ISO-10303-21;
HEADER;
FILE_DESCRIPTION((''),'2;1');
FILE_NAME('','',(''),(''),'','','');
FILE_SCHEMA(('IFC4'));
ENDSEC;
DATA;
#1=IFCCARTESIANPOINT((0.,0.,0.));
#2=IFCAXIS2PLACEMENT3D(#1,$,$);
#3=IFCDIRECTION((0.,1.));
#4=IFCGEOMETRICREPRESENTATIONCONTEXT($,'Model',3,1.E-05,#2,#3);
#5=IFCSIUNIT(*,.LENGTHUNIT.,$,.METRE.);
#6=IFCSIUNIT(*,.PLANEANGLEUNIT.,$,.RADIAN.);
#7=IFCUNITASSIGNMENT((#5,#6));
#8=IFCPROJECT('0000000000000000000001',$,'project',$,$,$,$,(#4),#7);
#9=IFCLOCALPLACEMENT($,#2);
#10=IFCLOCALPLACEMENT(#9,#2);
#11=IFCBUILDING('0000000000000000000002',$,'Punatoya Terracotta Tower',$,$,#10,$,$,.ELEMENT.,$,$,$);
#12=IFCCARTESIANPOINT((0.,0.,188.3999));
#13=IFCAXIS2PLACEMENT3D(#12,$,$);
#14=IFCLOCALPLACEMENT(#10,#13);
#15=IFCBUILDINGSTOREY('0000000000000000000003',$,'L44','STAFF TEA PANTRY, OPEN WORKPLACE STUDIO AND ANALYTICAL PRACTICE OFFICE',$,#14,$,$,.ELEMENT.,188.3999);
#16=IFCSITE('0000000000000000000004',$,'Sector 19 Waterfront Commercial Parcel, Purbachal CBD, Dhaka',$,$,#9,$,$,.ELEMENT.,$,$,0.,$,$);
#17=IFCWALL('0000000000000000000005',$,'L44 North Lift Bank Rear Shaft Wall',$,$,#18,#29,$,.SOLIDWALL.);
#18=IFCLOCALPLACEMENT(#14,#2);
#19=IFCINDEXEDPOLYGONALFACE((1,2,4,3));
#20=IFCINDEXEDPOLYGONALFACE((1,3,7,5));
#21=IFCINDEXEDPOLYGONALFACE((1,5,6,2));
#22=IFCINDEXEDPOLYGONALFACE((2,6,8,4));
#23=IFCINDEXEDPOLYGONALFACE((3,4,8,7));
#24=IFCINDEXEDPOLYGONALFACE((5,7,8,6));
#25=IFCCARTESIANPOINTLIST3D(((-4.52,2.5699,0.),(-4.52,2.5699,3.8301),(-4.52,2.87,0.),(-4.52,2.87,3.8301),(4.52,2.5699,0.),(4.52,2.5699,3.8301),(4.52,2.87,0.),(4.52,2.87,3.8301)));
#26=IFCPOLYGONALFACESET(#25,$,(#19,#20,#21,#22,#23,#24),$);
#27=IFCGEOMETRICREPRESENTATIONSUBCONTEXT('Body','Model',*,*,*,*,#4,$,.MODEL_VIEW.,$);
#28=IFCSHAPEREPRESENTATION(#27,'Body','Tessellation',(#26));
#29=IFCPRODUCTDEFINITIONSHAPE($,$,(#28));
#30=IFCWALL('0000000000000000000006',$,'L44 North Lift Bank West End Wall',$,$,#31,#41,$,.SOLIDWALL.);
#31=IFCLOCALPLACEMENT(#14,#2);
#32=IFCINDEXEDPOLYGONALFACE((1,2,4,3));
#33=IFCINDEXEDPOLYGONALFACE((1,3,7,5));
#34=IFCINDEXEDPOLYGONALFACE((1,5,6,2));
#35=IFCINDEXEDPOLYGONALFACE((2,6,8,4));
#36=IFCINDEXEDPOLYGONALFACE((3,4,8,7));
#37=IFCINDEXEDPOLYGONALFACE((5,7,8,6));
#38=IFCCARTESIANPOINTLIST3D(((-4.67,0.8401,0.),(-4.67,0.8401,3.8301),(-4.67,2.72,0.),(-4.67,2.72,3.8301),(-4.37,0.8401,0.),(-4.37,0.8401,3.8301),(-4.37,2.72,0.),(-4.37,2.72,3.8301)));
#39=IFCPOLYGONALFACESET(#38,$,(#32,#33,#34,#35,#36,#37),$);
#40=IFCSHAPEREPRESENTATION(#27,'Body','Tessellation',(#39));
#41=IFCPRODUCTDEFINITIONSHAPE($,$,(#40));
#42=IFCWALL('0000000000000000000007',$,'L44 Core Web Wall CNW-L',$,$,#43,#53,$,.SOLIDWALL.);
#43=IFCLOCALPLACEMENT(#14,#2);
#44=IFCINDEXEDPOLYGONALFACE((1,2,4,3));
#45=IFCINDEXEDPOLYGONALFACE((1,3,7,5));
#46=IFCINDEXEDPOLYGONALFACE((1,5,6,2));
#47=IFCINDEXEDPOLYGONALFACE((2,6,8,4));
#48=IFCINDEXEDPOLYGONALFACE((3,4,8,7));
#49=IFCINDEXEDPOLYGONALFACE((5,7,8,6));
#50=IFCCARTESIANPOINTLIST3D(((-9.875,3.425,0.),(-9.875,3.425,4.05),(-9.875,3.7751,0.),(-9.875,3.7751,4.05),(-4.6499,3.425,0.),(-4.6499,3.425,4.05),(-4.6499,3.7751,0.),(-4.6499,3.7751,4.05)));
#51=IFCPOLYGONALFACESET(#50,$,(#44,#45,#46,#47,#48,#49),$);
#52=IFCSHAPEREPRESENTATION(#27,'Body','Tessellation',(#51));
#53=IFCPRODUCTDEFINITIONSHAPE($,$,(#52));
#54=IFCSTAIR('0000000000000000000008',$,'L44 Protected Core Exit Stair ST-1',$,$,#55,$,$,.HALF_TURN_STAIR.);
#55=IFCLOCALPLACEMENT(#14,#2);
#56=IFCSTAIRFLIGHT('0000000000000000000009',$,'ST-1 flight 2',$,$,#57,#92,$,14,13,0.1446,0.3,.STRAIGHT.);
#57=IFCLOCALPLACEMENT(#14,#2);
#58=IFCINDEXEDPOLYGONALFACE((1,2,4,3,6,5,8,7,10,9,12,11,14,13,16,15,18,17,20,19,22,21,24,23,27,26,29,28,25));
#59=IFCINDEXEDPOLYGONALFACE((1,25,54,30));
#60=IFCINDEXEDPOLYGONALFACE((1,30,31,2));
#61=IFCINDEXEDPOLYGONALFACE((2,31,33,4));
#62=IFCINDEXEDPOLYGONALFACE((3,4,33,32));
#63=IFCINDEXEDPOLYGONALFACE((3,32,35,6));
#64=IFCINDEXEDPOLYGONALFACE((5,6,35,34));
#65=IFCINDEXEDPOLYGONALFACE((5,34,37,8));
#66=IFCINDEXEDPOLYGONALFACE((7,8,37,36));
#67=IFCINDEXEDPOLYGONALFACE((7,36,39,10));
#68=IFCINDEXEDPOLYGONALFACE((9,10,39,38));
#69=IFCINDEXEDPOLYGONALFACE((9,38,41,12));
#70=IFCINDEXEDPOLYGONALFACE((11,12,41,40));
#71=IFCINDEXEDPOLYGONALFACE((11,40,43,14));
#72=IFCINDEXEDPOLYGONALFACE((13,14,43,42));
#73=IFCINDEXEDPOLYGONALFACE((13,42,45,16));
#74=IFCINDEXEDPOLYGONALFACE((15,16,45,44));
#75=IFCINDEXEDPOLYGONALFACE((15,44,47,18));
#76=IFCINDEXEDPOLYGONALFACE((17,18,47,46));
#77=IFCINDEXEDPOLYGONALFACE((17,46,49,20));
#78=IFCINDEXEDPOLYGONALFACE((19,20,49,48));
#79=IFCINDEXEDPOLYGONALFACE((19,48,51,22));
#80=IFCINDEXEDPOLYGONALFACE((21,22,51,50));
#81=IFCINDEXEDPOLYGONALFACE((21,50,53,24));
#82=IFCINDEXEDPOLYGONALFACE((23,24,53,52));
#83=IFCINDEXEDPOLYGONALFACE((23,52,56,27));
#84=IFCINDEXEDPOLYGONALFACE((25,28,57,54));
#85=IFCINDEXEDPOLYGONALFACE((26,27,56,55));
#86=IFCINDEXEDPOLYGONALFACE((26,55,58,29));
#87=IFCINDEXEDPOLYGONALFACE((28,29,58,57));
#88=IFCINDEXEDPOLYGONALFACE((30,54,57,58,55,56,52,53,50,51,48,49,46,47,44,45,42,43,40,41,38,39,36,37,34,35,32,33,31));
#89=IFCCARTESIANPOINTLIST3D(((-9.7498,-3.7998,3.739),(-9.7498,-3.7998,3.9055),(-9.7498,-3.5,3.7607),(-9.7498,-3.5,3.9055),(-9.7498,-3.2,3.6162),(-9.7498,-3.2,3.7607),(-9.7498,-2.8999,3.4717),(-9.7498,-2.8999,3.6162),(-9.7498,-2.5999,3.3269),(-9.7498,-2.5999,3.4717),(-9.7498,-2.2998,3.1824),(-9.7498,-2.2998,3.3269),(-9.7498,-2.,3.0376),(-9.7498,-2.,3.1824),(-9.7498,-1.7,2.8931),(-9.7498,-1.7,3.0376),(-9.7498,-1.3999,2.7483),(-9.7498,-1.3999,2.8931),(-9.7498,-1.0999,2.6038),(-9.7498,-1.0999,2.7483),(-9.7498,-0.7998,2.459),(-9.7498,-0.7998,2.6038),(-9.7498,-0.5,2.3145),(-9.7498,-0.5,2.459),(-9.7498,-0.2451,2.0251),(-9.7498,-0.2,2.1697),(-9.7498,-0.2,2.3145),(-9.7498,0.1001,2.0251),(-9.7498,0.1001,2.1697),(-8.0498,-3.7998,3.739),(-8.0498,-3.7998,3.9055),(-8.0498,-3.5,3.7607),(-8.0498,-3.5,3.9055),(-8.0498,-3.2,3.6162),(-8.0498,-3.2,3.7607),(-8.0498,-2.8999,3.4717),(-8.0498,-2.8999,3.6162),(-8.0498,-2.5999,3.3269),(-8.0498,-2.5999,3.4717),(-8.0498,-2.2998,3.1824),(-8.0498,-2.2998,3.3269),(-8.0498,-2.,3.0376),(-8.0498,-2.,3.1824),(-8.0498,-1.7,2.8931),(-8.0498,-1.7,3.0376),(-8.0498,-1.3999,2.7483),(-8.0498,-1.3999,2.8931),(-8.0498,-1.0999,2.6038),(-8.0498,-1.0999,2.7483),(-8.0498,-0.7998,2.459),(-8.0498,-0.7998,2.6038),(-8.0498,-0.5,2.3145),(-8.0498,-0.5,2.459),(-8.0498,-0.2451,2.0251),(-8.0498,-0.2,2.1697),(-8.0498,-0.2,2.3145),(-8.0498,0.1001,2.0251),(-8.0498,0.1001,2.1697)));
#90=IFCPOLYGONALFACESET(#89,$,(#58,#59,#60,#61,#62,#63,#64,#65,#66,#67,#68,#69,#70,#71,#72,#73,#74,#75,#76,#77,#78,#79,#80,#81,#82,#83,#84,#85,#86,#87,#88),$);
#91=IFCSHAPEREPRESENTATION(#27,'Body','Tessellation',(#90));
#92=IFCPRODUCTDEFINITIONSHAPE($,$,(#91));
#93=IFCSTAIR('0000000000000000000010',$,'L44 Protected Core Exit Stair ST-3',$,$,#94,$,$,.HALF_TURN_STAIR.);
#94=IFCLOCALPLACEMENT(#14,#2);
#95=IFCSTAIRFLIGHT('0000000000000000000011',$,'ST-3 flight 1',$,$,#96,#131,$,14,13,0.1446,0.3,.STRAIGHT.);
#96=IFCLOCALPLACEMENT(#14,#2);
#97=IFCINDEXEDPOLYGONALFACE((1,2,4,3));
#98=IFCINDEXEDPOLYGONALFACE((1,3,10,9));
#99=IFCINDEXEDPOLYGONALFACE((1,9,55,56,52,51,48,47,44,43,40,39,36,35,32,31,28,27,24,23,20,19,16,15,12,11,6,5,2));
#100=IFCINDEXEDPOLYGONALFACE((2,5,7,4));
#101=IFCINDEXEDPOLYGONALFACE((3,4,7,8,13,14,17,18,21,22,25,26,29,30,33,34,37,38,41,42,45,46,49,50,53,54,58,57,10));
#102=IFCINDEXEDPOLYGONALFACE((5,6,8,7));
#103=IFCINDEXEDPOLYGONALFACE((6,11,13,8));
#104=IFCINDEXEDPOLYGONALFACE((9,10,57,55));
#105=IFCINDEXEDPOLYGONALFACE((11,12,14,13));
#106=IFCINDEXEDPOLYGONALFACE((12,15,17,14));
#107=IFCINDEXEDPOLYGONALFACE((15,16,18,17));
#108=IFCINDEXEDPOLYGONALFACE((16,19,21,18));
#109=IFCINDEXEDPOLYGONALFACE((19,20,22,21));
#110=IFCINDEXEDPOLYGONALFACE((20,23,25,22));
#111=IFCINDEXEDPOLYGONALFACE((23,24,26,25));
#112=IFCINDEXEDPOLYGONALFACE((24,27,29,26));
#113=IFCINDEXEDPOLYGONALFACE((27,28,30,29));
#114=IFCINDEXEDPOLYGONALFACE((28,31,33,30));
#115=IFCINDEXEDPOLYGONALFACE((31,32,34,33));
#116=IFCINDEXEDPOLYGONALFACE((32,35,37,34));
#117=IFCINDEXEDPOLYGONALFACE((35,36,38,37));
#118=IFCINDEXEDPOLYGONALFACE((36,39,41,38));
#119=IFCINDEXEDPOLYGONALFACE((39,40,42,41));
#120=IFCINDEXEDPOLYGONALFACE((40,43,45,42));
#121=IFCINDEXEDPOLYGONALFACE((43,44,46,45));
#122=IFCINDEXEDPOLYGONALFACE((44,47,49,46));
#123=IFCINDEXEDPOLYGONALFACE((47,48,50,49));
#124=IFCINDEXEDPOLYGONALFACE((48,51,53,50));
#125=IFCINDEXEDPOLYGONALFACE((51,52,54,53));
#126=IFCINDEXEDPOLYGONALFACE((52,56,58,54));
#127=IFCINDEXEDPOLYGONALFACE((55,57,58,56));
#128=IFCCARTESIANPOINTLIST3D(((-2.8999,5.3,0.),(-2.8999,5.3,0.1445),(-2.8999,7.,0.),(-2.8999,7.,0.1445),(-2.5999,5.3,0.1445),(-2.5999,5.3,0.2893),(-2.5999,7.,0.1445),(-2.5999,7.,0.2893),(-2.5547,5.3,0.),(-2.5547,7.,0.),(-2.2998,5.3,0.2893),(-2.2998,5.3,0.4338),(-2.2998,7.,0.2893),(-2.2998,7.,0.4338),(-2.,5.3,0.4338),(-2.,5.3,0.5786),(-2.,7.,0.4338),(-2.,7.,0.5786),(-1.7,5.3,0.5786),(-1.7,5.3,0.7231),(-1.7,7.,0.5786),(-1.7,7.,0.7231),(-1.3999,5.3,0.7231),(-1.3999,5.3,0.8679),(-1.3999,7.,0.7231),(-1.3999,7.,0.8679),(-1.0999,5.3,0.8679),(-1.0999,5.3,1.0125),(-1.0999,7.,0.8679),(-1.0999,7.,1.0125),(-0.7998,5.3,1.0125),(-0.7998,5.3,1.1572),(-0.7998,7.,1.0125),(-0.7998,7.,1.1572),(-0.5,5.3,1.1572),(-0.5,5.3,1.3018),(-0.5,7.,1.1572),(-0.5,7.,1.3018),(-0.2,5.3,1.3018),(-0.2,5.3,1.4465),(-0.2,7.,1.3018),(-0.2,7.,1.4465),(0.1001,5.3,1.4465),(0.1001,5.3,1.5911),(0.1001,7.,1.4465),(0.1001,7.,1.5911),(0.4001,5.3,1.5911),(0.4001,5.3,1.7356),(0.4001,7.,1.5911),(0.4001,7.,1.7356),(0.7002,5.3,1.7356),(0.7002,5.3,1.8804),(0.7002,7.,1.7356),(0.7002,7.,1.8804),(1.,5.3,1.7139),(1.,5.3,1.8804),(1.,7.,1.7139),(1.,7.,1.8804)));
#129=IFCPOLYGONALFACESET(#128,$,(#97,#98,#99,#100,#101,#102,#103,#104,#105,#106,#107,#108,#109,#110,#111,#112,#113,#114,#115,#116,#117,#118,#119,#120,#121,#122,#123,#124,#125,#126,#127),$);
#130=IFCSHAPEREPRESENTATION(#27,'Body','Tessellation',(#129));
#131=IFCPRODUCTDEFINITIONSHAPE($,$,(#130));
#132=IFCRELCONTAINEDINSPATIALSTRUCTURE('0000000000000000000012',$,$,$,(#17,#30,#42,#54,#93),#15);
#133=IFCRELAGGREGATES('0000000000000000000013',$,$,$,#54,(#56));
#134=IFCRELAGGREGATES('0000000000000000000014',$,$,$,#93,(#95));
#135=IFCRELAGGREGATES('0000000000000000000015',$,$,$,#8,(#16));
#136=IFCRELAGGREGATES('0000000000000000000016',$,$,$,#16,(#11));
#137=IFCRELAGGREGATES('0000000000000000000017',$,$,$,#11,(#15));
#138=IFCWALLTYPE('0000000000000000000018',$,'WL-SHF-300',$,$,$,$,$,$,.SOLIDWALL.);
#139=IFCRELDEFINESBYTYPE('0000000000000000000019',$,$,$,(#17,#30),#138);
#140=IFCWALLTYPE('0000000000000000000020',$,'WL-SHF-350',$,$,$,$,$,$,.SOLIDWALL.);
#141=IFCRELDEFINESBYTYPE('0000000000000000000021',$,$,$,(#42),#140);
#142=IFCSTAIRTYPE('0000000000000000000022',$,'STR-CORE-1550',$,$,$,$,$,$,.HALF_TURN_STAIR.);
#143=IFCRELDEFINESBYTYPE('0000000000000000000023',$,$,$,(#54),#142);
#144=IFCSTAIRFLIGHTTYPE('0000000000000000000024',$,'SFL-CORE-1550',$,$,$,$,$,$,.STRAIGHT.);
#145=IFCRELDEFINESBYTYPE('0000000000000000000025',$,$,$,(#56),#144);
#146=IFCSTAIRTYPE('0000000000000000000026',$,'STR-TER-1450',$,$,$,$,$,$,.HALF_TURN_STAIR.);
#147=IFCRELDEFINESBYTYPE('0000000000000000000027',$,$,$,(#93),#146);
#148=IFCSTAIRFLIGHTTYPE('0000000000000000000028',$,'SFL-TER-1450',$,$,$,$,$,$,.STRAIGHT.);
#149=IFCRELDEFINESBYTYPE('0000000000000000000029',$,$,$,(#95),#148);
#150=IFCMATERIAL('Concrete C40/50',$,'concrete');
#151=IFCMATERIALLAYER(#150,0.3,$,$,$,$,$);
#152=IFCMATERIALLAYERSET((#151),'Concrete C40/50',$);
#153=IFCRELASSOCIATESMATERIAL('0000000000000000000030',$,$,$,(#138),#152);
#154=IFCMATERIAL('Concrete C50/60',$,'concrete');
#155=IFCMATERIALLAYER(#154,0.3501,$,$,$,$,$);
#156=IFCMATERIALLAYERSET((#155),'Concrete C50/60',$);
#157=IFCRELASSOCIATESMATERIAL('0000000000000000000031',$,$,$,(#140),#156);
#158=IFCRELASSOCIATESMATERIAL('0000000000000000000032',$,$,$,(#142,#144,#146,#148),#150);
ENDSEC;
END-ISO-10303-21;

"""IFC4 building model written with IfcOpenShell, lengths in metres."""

from ifc_helpers import new_model, si_unit, direction, frame, frame_2d, origin, place, context, subcontext, project, spatial, polyline, rectangle, outline, extrude, material, layer, layer_set, type_object, element, aggregate, save


model = new_model("IFC4")

# Units and contexts
model_context = context("Model", 3, precision=1e-05, world=origin(), true_north=direction((0.0, 1.0)))
body_context = subcontext(model_context, "Body", "Model", "MODEL_VIEW")
ifc_project = project(units=[si_unit("LENGTHUNIT", "METRE"), si_unit("PLANEANGLEUNIT", "RADIAN")], contexts=[model_context])

# Site, building, storey
site_placement = place(None, origin())
site = spatial("IfcSite", under=ifc_project, at=site_placement, Name="Sector 19 Waterfront Commercial Parcel, Purbachal CBD, Dhaka", CompositionType="ELEMENT", RefElevation=0.0)
building_placement = place(site_placement, origin())
building = spatial("IfcBuilding", under=site, at=building_placement, Name="Punatoya Terracotta Tower", CompositionType="ELEMENT")
storey_placement = place(building_placement, frame((0.0, 0.0, 188.3999)))
storey = spatial("IfcBuildingStorey", under=building, at=storey_placement, Name="L44", Description="STAFF TEA PANTRY, OPEN WORKPLACE STUDIO AND ANALYTICAL PRACTICE OFFICE", CompositionType="ELEMENT", Elevation=188.3999)

# Shared definitions
ifc_material_1 = material(Name="Concrete C40/50", Category="concrete")

# Shared definitions
ifc_layer_1 = layer(ifc_material_1, 0.3)
ifc_layer_set_1 = layer_set([ifc_layer_1], Name="Concrete C40/50")
wall_type_1 = type_object("IfcWallType", Name="WL-SHF-300", PredefinedType="SOLIDWALL", material=ifc_layer_set_1)

# Walls
wall_1_placement = place(storey_placement, frame((-4.52, 2.72, 0.0), z_axis=(0.0, 0.0, 1.0), x_axis=(1.0, 0.0, 0.0)))
element("IfcWall", 1, at=wall_1_placement, inside=storey, type_object=wall_type_1, Name="L44 North Lift Bank Rear Shaft Wall", PredefinedType="SOLIDWALL", context=body_context, shape_type="SweptSolid", body=[
    extrude(rectangle(XDim=9.04, YDim=0.3, at=frame_2d((4.52, 0.0))), origin(), (0.0, 0.0, 1.0), 3.8301),
])
wall_2_placement = place(storey_placement, frame((-4.52, 0.8401, 0.0), z_axis=(0.0, 0.0, 1.0), x_axis=(0.0, 1.0, 0.0)))
element("IfcWall", 2, at=wall_2_placement, inside=storey, type_object=wall_type_1, Name="L44 North Lift Bank West End Wall", PredefinedType="SOLIDWALL", context=body_context, shape_type="SweptSolid", body=[
    extrude(rectangle(XDim=1.8799, YDim=0.3, at=frame_2d((0.9399, 0.0))), origin(), (0.0, 0.0, 1.0), 3.8301),
])
ifc_material_2 = material(Name="Concrete C50/60", Category="concrete")
ifc_layer_2 = layer(ifc_material_2, 0.3501)
ifc_layer_set_2 = layer_set([ifc_layer_2], Name="Concrete C50/60")
wall_type_2 = type_object("IfcWallType", Name="WL-SHF-350", PredefinedType="SOLIDWALL", material=ifc_layer_set_2)
wall_3_placement = place(storey_placement, frame((-9.875, 3.6001, 0.0), z_axis=(0.0, 0.0, 1.0), x_axis=(1.0, 0.0, 0.0)))
element("IfcWall", 3, at=wall_3_placement, inside=storey, type_object=wall_type_2, Name="L44 Core Web Wall CNW-L", PredefinedType="SOLIDWALL", context=body_context, shape_type="SweptSolid", body=[
    extrude(rectangle(XDim=5.2251, YDim=0.3501, at=frame_2d((2.6125, 0.0))), origin(), (0.0, 0.0, 1.0), 4.05),
])

# Stairs, stair flights
stair_type_1 = type_object("IfcStairType", Name="STR-CORE-1550", PredefinedType="HALF_TURN_STAIR", material=ifc_material_1)
stair_1_placement = place(storey_placement, origin())
stair_1 = element("IfcStair", 4, at=stair_1_placement, inside=storey, type_object=stair_type_1, Name="L44 Protected Core Exit Stair ST-1", PredefinedType="HALF_TURN_STAIR")
stair_flight_type_1 = type_object("IfcStairFlightType", Name="SFL-CORE-1550", PredefinedType="STRAIGHT", material=ifc_material_1)
stair_flight_1_placement = place(storey_placement, frame((-8.8999, 0.1001, 2.0251), z_axis=(0.0, 0.0, 1.0), x_axis=(0.0, -1.0, 0.0)))
stair_flight_1 = element("IfcStairFlight", 5, at=stair_flight_1_placement, type_object=stair_flight_type_1, Name="ST-1 flight 2", NumberOfRisers=14, NumberOfTreads=13, PredefinedType="STRAIGHT", RiserHeight=0.1446, TreadLength=0.3, context=body_context, shape_type="SweptSolid", body=[
    extrude(outline(polyline([(0.0, 0.0), (0.0, 0.1445), (0.3, 0.1445), (0.3, 0.2893), (0.6001, 0.2893), (0.6001, 0.4338), (0.8999, 0.4338), (0.8999, 0.5786), (1.2, 0.5786), (1.2, 0.7231), (1.5, 0.7231), (1.5, 0.8679), (1.8, 0.8679), (1.8, 1.0125), (2.1001, 1.0125), (2.1001, 1.1572), (2.3999, 1.1572), (2.3999, 1.3018), (2.7, 1.3018), (2.7, 1.4465), (3.0, 1.4465), (3.0, 1.5911), (3.3, 1.5911), (3.3, 1.7356), (3.6001, 1.7356), (3.6001, 1.8804), (3.8999, 1.8804), (3.8999, 2.0249), (3.8999, 1.7139), (0.3452, 0.0), (0.0, 0.0)])), frame((0.0, 0.8501, 0.0), z_axis=(0.0, -1.0, 0.0), x_axis=(1.0, 0.0, 0.0)), (0.0, 0.0, 1.0), 1.7),
])
aggregate(stair_1, [stair_flight_1])
stair_type_2 = type_object("IfcStairType", Name="STR-TER-1450", PredefinedType="HALF_TURN_STAIR", material=ifc_material_1)
stair_2_placement = place(storey_placement, origin())
stair_2 = element("IfcStair", 6, at=stair_2_placement, inside=storey, type_object=stair_type_2, Name="L44 Protected Core Exit Stair ST-3", PredefinedType="HALF_TURN_STAIR")
stair_flight_type_2 = type_object("IfcStairFlightType", Name="SFL-TER-1450", PredefinedType="STRAIGHT", material=ifc_material_1)
stair_flight_2_placement = place(storey_placement, frame((-2.8999, 6.1499, 0.0), z_axis=(0.0, 0.0, 1.0), x_axis=(1.0, 0.0, 0.0)))
stair_flight_2 = element("IfcStairFlight", 7, at=stair_flight_2_placement, type_object=stair_flight_type_2, Name="ST-3 flight 1", NumberOfRisers=14, NumberOfTreads=13, PredefinedType="STRAIGHT", RiserHeight=0.1446, TreadLength=0.3, context=body_context, shape_type="SweptSolid", body=[
    extrude(outline(polyline([(0.0, 0.0), (0.0, 0.1445), (0.3, 0.1445), (0.3, 0.2893), (0.6001, 0.2893), (0.6001, 0.4338), (0.8999, 0.4338), (0.8999, 0.5786), (1.2, 0.5786), (1.2, 0.7231), (1.5, 0.7231), (1.5, 0.8679), (1.8, 0.8679), (1.8, 1.0125), (2.1001, 1.0125), (2.1001, 1.1572), (2.3999, 1.1572), (2.3999, 1.3018), (2.7, 1.3018), (2.7, 1.4465), (3.0, 1.4465), (3.0, 1.5911), (3.3, 1.5911), (3.3, 1.7356), (3.6001, 1.7356), (3.6001, 1.8804), (3.8999, 1.8804), (3.8999, 2.0249), (3.8999, 1.7139), (0.3452, 0.0), (0.0, 0.0)])), frame((0.0, 0.8501, 0.0), z_axis=(0.0, -1.0, 0.0), x_axis=(1.0, 0.0, 0.0)), (0.0, 0.0, 1.0), 1.7),
])
aggregate(stair_2, [stair_flight_2])

save(model, "model.ifc")
